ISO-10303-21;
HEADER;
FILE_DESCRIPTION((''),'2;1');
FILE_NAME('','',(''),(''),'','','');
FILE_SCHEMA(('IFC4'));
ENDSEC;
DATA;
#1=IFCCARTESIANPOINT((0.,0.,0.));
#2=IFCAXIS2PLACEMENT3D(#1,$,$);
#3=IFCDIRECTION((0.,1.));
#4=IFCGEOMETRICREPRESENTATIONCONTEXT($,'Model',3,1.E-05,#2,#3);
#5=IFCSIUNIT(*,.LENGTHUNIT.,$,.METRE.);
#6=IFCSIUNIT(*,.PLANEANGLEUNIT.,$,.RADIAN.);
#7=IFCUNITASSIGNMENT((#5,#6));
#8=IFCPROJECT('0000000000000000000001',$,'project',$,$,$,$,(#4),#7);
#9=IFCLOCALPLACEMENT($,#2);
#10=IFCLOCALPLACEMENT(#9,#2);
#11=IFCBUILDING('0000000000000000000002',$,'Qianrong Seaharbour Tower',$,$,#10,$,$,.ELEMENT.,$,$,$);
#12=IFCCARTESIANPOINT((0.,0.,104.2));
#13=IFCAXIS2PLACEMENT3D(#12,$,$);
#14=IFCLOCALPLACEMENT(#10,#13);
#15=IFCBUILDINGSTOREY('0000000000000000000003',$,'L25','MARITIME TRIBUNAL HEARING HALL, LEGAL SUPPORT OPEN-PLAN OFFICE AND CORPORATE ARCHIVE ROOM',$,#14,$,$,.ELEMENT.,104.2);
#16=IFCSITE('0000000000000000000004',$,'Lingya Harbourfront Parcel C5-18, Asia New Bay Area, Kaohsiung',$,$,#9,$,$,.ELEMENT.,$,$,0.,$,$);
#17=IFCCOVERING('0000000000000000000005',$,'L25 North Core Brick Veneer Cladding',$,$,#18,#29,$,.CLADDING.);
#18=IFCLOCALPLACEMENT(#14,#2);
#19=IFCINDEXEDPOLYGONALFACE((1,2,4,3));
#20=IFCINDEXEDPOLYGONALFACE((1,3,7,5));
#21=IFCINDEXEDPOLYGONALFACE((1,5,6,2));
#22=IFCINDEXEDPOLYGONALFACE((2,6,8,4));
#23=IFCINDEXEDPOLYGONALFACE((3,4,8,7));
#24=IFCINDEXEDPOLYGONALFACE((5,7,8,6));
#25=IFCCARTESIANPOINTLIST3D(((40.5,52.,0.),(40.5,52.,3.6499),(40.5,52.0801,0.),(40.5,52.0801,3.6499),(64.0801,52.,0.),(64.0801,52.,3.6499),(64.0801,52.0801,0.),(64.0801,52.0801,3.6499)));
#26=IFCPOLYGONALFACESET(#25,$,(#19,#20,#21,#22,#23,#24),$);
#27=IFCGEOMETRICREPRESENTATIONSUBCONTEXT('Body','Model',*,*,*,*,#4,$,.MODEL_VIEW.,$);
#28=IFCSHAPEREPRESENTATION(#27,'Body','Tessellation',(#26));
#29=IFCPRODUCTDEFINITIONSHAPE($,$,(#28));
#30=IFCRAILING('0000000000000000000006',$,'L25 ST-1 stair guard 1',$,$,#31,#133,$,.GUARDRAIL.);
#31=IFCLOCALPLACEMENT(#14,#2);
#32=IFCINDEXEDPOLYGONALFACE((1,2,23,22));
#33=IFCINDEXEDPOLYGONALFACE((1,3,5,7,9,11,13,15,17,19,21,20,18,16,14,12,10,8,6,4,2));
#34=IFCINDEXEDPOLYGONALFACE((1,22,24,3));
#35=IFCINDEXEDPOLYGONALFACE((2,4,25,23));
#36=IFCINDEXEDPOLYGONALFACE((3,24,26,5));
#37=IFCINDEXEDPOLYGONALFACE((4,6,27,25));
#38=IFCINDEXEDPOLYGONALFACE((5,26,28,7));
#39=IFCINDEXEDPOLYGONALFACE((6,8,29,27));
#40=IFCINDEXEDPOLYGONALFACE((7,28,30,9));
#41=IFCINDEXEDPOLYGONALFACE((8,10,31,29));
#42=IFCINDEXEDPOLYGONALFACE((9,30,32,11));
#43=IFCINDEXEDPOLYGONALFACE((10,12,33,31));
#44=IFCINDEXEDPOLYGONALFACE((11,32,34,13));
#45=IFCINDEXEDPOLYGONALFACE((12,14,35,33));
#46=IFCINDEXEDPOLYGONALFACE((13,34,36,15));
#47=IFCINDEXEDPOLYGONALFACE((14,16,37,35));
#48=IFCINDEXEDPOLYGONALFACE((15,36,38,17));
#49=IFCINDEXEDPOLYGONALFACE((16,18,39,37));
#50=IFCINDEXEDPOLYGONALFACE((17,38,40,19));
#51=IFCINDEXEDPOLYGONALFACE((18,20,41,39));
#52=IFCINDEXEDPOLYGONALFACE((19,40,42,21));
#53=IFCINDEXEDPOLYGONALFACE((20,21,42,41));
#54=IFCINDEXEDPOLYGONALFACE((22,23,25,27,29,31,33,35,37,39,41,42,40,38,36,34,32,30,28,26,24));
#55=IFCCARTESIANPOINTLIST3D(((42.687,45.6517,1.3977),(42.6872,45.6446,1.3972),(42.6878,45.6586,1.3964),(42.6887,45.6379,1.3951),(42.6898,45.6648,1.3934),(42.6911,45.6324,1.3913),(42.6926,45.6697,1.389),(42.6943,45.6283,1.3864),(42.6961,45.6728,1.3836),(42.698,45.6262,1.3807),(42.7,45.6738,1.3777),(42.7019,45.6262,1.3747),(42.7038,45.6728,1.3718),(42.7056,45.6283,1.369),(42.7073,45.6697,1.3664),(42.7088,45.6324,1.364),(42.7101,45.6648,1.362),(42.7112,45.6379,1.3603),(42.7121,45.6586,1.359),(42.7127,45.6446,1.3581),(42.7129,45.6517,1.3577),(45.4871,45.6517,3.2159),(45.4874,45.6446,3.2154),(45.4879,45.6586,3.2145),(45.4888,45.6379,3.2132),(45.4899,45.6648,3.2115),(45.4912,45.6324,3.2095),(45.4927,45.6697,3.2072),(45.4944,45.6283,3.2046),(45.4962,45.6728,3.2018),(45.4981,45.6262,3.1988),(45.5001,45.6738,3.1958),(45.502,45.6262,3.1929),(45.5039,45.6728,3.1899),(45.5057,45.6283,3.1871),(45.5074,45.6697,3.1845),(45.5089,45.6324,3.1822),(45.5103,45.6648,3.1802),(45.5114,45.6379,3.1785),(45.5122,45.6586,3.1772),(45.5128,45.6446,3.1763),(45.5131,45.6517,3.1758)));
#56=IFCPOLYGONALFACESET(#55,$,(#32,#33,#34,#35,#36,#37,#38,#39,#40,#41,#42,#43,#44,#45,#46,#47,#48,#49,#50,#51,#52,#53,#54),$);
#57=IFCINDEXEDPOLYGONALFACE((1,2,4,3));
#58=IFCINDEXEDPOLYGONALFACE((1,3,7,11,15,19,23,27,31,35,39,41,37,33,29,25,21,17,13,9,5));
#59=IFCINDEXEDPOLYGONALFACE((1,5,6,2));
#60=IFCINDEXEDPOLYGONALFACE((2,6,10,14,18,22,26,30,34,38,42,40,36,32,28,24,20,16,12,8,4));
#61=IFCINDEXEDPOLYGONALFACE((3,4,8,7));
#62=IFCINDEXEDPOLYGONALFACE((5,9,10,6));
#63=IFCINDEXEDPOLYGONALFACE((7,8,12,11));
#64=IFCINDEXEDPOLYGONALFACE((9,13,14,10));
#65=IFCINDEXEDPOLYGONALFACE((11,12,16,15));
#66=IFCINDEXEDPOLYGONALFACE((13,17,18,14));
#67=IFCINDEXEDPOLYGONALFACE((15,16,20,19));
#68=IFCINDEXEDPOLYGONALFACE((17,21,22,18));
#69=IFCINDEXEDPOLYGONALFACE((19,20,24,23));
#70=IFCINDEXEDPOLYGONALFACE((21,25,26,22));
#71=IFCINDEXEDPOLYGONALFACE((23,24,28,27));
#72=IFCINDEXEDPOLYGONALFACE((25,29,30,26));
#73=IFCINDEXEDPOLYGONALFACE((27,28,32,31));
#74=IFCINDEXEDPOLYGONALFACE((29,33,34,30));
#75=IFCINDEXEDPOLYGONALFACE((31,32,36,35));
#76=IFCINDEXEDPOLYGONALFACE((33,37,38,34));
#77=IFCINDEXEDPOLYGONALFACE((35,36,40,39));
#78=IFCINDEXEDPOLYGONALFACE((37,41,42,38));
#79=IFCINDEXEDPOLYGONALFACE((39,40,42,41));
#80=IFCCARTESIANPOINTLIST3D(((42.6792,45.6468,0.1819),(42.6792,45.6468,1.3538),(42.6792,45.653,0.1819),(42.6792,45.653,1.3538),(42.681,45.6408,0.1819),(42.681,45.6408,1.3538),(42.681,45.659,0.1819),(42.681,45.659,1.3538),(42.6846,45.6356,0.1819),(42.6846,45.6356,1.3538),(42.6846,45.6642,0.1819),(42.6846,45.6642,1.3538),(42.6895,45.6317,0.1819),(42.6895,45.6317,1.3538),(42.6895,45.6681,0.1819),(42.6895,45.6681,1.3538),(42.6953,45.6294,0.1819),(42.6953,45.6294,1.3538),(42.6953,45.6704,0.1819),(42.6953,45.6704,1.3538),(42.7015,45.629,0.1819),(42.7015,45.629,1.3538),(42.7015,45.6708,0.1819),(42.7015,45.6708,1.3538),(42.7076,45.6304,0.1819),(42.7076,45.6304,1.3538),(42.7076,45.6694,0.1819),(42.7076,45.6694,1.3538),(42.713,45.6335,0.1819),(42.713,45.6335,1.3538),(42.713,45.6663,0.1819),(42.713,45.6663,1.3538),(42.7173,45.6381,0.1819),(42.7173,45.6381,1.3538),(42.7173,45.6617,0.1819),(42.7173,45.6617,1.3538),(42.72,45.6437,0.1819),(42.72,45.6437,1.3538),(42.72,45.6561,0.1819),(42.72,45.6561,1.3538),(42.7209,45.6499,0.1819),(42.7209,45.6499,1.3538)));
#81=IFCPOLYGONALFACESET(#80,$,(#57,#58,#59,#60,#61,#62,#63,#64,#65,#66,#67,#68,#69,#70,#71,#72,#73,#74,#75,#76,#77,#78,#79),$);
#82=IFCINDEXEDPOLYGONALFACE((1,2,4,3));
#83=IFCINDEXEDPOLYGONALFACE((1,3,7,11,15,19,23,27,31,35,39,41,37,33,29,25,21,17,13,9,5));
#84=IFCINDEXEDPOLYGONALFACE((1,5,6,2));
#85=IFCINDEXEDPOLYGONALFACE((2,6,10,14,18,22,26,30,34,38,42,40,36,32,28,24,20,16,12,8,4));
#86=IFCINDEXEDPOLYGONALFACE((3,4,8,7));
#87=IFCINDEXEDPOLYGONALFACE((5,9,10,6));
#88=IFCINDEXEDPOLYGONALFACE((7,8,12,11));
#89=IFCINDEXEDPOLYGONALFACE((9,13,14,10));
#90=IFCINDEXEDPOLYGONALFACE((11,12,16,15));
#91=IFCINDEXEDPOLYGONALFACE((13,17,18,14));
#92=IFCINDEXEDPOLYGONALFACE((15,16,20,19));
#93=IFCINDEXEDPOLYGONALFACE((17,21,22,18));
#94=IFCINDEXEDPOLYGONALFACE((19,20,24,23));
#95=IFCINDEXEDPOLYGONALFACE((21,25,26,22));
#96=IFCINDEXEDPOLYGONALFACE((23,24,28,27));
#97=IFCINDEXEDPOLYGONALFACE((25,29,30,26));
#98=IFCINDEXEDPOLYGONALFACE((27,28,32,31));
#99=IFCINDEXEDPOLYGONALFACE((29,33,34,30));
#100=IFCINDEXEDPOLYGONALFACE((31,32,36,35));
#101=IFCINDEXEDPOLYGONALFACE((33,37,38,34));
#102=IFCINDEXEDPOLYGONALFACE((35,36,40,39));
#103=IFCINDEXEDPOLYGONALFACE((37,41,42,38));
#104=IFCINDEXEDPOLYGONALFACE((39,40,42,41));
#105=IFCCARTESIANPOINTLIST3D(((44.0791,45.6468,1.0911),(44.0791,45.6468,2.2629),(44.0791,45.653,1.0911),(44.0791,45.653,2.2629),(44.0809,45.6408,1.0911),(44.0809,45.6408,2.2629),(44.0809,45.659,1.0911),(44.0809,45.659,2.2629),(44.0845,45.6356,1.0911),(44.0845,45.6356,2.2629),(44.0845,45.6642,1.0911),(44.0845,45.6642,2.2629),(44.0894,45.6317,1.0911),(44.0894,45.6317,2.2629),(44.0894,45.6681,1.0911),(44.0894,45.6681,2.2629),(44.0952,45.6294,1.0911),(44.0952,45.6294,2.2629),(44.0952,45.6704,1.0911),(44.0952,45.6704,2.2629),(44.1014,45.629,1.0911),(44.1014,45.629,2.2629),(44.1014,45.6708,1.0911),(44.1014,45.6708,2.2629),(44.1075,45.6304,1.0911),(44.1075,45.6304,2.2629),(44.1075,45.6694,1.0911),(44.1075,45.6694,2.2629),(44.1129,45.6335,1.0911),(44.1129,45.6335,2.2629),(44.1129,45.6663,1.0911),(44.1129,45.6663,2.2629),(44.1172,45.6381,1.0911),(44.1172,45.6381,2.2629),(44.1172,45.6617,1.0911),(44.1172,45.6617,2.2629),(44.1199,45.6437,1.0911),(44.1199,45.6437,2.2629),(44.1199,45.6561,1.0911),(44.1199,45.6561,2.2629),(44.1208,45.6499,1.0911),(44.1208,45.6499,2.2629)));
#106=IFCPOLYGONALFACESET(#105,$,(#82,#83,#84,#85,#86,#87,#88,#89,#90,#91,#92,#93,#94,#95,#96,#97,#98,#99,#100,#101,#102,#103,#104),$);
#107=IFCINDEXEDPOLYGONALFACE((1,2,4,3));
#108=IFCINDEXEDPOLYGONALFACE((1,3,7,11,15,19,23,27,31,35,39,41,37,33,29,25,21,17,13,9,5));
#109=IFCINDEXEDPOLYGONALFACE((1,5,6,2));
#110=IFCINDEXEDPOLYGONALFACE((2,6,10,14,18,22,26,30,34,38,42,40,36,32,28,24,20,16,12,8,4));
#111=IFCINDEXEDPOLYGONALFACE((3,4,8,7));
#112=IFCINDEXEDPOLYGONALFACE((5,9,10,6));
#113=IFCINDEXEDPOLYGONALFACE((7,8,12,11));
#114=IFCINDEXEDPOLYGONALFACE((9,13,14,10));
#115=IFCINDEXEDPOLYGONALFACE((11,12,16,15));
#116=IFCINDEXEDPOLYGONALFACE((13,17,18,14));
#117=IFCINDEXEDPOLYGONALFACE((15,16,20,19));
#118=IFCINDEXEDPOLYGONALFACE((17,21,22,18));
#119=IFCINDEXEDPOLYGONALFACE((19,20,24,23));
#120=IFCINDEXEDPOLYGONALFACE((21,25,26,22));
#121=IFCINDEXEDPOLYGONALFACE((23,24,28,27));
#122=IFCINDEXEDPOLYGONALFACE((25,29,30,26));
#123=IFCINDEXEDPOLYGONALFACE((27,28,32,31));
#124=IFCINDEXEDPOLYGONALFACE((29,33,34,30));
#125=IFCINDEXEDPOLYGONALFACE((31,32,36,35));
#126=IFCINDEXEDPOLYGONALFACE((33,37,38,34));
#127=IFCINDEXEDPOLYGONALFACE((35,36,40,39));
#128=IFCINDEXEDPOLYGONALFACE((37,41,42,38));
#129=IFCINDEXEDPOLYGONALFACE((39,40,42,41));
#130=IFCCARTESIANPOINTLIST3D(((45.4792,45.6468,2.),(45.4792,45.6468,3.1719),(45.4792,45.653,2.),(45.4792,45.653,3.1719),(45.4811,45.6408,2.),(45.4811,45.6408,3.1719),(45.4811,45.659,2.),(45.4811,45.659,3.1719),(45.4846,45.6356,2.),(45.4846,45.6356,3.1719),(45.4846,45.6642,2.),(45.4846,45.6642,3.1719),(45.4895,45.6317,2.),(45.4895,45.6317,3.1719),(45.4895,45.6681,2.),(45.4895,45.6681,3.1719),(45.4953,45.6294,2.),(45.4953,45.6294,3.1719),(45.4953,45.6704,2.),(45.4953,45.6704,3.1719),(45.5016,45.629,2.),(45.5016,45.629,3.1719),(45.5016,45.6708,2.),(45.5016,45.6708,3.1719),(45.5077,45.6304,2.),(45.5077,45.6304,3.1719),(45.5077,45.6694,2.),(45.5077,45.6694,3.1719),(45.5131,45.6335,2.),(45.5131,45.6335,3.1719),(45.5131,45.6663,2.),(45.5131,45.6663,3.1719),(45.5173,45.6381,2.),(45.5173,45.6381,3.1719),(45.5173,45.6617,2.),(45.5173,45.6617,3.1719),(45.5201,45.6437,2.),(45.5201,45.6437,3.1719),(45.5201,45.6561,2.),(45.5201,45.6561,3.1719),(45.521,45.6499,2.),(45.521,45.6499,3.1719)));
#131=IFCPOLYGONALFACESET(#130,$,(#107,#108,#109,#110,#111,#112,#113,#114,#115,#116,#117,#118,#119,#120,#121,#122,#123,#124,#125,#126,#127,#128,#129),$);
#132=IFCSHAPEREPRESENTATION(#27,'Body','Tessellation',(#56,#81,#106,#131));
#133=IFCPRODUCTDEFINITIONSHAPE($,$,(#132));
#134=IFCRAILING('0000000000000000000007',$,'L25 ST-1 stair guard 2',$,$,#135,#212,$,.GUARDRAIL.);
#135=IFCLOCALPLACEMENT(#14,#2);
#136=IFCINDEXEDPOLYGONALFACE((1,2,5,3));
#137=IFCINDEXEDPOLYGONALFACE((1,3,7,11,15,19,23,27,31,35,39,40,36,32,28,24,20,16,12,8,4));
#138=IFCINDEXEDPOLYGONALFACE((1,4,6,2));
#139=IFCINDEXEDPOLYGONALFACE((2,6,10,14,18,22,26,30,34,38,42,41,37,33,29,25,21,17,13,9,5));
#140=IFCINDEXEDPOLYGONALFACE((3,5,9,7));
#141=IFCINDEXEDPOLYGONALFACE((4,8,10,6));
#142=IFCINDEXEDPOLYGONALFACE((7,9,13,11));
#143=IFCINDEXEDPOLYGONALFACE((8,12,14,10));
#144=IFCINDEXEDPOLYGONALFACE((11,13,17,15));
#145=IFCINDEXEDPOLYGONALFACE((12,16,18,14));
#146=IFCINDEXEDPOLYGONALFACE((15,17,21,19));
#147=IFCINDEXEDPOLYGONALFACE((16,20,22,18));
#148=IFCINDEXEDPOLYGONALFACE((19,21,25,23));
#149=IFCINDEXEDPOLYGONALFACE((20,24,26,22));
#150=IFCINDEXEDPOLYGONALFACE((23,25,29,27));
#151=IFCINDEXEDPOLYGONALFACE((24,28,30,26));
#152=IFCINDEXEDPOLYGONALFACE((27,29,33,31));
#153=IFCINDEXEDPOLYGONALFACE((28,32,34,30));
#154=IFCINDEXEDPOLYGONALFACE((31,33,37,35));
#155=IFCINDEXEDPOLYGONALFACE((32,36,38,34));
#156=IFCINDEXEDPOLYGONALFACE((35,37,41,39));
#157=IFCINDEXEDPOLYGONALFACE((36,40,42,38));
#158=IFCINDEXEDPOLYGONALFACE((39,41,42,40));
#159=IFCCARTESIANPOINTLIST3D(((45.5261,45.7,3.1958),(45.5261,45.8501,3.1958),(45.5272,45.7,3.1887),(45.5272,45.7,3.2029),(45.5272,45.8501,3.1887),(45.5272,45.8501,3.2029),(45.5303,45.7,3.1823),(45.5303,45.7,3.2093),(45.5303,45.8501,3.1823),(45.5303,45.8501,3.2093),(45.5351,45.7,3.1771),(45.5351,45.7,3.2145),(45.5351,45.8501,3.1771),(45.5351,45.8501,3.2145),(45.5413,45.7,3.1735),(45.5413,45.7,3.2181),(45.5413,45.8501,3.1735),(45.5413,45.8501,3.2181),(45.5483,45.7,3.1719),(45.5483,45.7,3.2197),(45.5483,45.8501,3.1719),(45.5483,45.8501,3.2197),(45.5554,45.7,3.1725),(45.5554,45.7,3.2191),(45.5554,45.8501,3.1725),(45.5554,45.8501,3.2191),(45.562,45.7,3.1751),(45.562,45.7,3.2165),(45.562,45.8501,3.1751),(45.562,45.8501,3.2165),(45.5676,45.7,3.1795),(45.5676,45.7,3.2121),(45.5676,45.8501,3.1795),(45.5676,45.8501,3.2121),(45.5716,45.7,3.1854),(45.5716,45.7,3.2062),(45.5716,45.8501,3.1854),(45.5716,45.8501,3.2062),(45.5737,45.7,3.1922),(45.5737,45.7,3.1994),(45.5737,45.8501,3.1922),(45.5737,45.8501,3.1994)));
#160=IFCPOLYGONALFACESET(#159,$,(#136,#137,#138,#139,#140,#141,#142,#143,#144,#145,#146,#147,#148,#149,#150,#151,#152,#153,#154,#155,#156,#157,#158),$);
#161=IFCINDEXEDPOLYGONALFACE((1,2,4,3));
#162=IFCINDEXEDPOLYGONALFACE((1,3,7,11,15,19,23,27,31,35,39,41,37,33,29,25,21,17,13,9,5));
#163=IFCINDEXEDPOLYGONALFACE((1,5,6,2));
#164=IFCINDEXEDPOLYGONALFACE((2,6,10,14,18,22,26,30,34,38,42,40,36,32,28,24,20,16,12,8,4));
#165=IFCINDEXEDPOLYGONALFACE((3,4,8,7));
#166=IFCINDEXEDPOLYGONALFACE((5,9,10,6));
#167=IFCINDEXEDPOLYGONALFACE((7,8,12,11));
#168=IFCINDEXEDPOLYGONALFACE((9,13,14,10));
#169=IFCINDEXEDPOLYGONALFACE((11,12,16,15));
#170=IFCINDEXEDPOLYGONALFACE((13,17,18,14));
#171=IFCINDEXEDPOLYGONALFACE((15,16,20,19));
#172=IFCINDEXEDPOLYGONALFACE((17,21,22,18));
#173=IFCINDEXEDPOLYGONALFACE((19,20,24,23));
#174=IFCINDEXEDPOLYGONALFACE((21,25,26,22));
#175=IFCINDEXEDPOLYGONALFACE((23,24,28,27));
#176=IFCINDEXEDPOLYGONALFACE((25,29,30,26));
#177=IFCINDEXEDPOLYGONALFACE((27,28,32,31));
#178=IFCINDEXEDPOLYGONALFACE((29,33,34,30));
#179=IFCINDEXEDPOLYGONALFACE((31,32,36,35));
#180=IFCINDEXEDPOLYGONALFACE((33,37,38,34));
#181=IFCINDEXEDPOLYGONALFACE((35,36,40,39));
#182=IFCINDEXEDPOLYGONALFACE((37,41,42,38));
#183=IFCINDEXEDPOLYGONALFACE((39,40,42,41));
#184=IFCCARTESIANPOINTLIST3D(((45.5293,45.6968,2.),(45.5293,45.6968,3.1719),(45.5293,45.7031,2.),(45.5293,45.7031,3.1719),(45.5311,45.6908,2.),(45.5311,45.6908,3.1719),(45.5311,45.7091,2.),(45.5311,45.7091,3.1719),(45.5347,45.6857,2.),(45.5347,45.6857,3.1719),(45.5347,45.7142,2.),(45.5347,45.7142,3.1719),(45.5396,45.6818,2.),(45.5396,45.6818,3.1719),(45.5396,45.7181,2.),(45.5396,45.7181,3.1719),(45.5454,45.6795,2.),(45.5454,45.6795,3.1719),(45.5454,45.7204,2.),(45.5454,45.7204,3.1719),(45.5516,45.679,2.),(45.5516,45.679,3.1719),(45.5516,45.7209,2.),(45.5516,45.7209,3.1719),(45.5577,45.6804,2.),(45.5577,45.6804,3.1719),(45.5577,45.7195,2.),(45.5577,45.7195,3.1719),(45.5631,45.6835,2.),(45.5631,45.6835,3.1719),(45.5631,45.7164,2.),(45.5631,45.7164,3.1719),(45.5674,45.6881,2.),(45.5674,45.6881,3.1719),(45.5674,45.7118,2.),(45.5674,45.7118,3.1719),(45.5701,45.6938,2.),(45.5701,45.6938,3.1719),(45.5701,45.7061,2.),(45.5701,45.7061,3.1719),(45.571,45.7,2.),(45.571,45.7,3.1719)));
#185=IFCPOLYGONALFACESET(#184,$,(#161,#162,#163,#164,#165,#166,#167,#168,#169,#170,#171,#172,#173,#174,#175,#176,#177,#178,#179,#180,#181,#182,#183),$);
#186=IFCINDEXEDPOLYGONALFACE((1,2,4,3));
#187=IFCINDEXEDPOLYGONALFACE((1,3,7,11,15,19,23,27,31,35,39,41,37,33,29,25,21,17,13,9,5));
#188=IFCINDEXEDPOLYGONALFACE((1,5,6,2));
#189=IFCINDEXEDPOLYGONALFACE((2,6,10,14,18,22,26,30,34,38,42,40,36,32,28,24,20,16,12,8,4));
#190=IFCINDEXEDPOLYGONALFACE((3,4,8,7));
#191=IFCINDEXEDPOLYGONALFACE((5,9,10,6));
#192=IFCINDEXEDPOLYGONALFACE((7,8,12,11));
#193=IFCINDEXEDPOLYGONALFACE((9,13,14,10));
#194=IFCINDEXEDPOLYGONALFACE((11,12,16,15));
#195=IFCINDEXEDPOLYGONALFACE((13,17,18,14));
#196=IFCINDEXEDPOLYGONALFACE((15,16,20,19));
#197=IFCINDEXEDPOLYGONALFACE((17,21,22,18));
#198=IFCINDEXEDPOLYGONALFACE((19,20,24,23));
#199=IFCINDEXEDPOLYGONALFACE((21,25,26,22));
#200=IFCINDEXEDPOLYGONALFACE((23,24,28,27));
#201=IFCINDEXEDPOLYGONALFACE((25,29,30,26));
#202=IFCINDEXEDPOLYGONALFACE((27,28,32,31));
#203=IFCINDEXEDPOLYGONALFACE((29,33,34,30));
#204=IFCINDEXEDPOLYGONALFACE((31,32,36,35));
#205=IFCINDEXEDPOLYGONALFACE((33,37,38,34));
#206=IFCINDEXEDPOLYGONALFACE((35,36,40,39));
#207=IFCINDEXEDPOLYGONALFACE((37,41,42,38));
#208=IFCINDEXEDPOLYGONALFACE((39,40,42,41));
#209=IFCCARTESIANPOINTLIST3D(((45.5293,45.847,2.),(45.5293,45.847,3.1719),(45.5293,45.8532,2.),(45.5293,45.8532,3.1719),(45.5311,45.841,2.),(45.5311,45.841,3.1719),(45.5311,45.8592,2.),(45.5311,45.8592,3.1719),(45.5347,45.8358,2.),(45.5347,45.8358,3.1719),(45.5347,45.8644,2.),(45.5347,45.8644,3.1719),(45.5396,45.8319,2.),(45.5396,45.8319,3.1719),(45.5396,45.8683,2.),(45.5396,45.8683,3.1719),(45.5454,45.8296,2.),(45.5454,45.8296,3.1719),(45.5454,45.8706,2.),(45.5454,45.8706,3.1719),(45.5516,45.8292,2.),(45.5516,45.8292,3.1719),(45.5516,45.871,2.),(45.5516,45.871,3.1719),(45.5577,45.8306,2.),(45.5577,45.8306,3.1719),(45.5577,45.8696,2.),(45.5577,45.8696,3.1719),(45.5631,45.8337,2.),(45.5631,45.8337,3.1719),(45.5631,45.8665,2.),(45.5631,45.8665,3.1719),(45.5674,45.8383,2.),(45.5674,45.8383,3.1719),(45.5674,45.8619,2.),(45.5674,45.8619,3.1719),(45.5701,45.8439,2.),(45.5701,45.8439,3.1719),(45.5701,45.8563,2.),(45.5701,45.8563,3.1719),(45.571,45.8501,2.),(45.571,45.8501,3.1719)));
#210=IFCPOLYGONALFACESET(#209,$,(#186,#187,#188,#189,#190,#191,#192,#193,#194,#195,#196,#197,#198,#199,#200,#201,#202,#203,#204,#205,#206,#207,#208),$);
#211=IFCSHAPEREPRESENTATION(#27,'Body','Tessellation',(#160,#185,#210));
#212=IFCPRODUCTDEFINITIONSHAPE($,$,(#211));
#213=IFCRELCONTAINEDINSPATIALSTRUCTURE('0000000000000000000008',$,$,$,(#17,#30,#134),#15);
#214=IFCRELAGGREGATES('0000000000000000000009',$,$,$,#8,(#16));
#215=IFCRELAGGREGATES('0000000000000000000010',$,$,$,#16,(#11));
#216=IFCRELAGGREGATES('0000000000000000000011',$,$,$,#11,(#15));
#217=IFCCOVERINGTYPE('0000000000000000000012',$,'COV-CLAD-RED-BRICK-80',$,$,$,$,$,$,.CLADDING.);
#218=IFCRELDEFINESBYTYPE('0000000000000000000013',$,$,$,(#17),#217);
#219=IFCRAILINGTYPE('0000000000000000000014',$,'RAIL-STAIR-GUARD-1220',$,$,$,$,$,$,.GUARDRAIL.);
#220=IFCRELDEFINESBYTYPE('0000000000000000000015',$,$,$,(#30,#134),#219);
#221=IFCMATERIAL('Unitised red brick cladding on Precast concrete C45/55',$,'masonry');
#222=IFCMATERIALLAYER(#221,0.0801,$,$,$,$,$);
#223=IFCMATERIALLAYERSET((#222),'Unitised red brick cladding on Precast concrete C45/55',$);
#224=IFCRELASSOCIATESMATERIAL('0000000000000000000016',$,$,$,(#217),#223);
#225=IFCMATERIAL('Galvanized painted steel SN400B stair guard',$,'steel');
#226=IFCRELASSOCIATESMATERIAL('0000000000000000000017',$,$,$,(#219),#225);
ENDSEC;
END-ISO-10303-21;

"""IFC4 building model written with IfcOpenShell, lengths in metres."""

from ifc_helpers import new_model, si_unit, direction, frame, origin, origin_2d, place, context, subcontext, project, spatial, rectangle, circle, extrude, material, layer, layer_set, type_object, element, save


model = new_model("IFC4")

# Units and contexts
model_context = context("Model", 3, precision=1e-05, world=origin(), true_north=direction((0.0, 1.0)))
body_context = subcontext(model_context, "Body", "Model", "MODEL_VIEW")
ifc_project = project(units=[si_unit("LENGTHUNIT", "METRE"), si_unit("PLANEANGLEUNIT", "RADIAN")], contexts=[model_context])

# Site, building, storey
site_placement = place(None, origin())
site = spatial("IfcSite", under=ifc_project, at=site_placement, Name="Lingya Harbourfront Parcel C5-18, Asia New Bay Area, Kaohsiung", CompositionType="ELEMENT", RefElevation=0.0)
building_placement = place(site_placement, origin())
building = spatial("IfcBuilding", under=site, at=building_placement, Name="Qianrong Seaharbour Tower", CompositionType="ELEMENT")
storey_placement = place(building_placement, frame((0.0, 0.0, 104.2)))
storey = spatial("IfcBuildingStorey", under=building, at=storey_placement, Name="L25", Description="MARITIME TRIBUNAL HEARING HALL, LEGAL SUPPORT OPEN-PLAN OFFICE AND CORPORATE ARCHIVE ROOM", CompositionType="ELEMENT", Elevation=104.2)

# Covering
ifc_material_1 = material(Name="Unitised red brick cladding on Precast concrete C45/55", Category="masonry")
ifc_layer_1 = layer(ifc_material_1, 0.0801)
ifc_layer_set_1 = layer_set([ifc_layer_1], Name="Unitised red brick cladding on Precast concrete C45/55")
covering_type = type_object("IfcCoveringType", Name="COV-CLAD-RED-BRICK-80", PredefinedType="CLADDING", material=ifc_layer_set_1)
covering_placement = place(storey_placement, frame((52.29, 52.04, 0.0), z_axis=(0.0, 0.0, 1.0), x_axis=(1.0, 0.0, 0.0)))
element("IfcCovering", 1, at=covering_placement, inside=storey, type_object=covering_type, Name="L25 North Core Brick Veneer Cladding", PredefinedType="CLADDING", context=body_context, shape_type="SweptSolid", body=[
    extrude(rectangle(XDim=23.5801, YDim=0.0801, at=origin_2d()), origin(), (0.0, 0.0, 1.0), 3.6499),
])

# Railings
ifc_material_2 = material(Name="Galvanized painted steel SN400B stair guard", Category="steel")
railing_type_1 = type_object("IfcRailingType", Name="RAIL-STAIR-GUARD-1220", PredefinedType="GUARDRAIL", material=ifc_material_2)
railing_1_placement = place(storey_placement, frame((42.7, 45.6499, 0.1819)))
element("IfcRailing", 2, at=railing_1_placement, inside=storey, type_object=railing_type_1, Name="L25 ST-1 stair guard 1", PredefinedType="GUARDRAIL", context=body_context, shape_type="SweptSolid", body=[
    extrude(circle(Radius=0.0239, at=origin_2d()), frame((0.0, 0.0, 1.1958), z_axis=(0.838706, 0.0, 0.544585), x_axis=(0.0, 1.0, 0.0)), (0.0, 0.0, 1.0), 3.3386),
    extrude(circle(Radius=0.021, at=origin_2d()), origin(), (0.0, 0.0, 1.0), 1.1719),
    extrude(circle(Radius=0.021, at=origin_2d()), frame((1.3999, 0.0, 0.9092)), (0.0, 0.0, 1.0), 1.1719),
    extrude(circle(Radius=0.021, at=origin_2d()), frame((2.8, 0.0, 1.8181)), (0.0, 0.0, 1.0), 1.1719),
])
railing_2_placement = place(storey_placement, frame((45.55, 45.7, 2.0)))
element("IfcRailing", 3, at=railing_2_placement, inside=storey, type_object=railing_type_1, Name="L25 ST-1 stair guard 2", PredefinedType="GUARDRAIL", context=body_context, shape_type="SweptSolid", body=[
    extrude(circle(Radius=0.0239, at=origin_2d()), frame((0.0, 0.0, 1.1958), z_axis=(0.0, 1.0, 0.0), x_axis=(-1.0, 0.0, 0.0)), (0.0, 0.0, 1.0), 0.1501),
    extrude(circle(Radius=0.021, at=origin_2d()), origin(), (0.0, 0.0, 1.0), 1.1719),
    extrude(circle(Radius=0.021, at=origin_2d()), frame((0.0, 0.1501, 0.0)), (0.0, 0.0, 1.0), 1.1719),
])

save(model, "model.ifc")
